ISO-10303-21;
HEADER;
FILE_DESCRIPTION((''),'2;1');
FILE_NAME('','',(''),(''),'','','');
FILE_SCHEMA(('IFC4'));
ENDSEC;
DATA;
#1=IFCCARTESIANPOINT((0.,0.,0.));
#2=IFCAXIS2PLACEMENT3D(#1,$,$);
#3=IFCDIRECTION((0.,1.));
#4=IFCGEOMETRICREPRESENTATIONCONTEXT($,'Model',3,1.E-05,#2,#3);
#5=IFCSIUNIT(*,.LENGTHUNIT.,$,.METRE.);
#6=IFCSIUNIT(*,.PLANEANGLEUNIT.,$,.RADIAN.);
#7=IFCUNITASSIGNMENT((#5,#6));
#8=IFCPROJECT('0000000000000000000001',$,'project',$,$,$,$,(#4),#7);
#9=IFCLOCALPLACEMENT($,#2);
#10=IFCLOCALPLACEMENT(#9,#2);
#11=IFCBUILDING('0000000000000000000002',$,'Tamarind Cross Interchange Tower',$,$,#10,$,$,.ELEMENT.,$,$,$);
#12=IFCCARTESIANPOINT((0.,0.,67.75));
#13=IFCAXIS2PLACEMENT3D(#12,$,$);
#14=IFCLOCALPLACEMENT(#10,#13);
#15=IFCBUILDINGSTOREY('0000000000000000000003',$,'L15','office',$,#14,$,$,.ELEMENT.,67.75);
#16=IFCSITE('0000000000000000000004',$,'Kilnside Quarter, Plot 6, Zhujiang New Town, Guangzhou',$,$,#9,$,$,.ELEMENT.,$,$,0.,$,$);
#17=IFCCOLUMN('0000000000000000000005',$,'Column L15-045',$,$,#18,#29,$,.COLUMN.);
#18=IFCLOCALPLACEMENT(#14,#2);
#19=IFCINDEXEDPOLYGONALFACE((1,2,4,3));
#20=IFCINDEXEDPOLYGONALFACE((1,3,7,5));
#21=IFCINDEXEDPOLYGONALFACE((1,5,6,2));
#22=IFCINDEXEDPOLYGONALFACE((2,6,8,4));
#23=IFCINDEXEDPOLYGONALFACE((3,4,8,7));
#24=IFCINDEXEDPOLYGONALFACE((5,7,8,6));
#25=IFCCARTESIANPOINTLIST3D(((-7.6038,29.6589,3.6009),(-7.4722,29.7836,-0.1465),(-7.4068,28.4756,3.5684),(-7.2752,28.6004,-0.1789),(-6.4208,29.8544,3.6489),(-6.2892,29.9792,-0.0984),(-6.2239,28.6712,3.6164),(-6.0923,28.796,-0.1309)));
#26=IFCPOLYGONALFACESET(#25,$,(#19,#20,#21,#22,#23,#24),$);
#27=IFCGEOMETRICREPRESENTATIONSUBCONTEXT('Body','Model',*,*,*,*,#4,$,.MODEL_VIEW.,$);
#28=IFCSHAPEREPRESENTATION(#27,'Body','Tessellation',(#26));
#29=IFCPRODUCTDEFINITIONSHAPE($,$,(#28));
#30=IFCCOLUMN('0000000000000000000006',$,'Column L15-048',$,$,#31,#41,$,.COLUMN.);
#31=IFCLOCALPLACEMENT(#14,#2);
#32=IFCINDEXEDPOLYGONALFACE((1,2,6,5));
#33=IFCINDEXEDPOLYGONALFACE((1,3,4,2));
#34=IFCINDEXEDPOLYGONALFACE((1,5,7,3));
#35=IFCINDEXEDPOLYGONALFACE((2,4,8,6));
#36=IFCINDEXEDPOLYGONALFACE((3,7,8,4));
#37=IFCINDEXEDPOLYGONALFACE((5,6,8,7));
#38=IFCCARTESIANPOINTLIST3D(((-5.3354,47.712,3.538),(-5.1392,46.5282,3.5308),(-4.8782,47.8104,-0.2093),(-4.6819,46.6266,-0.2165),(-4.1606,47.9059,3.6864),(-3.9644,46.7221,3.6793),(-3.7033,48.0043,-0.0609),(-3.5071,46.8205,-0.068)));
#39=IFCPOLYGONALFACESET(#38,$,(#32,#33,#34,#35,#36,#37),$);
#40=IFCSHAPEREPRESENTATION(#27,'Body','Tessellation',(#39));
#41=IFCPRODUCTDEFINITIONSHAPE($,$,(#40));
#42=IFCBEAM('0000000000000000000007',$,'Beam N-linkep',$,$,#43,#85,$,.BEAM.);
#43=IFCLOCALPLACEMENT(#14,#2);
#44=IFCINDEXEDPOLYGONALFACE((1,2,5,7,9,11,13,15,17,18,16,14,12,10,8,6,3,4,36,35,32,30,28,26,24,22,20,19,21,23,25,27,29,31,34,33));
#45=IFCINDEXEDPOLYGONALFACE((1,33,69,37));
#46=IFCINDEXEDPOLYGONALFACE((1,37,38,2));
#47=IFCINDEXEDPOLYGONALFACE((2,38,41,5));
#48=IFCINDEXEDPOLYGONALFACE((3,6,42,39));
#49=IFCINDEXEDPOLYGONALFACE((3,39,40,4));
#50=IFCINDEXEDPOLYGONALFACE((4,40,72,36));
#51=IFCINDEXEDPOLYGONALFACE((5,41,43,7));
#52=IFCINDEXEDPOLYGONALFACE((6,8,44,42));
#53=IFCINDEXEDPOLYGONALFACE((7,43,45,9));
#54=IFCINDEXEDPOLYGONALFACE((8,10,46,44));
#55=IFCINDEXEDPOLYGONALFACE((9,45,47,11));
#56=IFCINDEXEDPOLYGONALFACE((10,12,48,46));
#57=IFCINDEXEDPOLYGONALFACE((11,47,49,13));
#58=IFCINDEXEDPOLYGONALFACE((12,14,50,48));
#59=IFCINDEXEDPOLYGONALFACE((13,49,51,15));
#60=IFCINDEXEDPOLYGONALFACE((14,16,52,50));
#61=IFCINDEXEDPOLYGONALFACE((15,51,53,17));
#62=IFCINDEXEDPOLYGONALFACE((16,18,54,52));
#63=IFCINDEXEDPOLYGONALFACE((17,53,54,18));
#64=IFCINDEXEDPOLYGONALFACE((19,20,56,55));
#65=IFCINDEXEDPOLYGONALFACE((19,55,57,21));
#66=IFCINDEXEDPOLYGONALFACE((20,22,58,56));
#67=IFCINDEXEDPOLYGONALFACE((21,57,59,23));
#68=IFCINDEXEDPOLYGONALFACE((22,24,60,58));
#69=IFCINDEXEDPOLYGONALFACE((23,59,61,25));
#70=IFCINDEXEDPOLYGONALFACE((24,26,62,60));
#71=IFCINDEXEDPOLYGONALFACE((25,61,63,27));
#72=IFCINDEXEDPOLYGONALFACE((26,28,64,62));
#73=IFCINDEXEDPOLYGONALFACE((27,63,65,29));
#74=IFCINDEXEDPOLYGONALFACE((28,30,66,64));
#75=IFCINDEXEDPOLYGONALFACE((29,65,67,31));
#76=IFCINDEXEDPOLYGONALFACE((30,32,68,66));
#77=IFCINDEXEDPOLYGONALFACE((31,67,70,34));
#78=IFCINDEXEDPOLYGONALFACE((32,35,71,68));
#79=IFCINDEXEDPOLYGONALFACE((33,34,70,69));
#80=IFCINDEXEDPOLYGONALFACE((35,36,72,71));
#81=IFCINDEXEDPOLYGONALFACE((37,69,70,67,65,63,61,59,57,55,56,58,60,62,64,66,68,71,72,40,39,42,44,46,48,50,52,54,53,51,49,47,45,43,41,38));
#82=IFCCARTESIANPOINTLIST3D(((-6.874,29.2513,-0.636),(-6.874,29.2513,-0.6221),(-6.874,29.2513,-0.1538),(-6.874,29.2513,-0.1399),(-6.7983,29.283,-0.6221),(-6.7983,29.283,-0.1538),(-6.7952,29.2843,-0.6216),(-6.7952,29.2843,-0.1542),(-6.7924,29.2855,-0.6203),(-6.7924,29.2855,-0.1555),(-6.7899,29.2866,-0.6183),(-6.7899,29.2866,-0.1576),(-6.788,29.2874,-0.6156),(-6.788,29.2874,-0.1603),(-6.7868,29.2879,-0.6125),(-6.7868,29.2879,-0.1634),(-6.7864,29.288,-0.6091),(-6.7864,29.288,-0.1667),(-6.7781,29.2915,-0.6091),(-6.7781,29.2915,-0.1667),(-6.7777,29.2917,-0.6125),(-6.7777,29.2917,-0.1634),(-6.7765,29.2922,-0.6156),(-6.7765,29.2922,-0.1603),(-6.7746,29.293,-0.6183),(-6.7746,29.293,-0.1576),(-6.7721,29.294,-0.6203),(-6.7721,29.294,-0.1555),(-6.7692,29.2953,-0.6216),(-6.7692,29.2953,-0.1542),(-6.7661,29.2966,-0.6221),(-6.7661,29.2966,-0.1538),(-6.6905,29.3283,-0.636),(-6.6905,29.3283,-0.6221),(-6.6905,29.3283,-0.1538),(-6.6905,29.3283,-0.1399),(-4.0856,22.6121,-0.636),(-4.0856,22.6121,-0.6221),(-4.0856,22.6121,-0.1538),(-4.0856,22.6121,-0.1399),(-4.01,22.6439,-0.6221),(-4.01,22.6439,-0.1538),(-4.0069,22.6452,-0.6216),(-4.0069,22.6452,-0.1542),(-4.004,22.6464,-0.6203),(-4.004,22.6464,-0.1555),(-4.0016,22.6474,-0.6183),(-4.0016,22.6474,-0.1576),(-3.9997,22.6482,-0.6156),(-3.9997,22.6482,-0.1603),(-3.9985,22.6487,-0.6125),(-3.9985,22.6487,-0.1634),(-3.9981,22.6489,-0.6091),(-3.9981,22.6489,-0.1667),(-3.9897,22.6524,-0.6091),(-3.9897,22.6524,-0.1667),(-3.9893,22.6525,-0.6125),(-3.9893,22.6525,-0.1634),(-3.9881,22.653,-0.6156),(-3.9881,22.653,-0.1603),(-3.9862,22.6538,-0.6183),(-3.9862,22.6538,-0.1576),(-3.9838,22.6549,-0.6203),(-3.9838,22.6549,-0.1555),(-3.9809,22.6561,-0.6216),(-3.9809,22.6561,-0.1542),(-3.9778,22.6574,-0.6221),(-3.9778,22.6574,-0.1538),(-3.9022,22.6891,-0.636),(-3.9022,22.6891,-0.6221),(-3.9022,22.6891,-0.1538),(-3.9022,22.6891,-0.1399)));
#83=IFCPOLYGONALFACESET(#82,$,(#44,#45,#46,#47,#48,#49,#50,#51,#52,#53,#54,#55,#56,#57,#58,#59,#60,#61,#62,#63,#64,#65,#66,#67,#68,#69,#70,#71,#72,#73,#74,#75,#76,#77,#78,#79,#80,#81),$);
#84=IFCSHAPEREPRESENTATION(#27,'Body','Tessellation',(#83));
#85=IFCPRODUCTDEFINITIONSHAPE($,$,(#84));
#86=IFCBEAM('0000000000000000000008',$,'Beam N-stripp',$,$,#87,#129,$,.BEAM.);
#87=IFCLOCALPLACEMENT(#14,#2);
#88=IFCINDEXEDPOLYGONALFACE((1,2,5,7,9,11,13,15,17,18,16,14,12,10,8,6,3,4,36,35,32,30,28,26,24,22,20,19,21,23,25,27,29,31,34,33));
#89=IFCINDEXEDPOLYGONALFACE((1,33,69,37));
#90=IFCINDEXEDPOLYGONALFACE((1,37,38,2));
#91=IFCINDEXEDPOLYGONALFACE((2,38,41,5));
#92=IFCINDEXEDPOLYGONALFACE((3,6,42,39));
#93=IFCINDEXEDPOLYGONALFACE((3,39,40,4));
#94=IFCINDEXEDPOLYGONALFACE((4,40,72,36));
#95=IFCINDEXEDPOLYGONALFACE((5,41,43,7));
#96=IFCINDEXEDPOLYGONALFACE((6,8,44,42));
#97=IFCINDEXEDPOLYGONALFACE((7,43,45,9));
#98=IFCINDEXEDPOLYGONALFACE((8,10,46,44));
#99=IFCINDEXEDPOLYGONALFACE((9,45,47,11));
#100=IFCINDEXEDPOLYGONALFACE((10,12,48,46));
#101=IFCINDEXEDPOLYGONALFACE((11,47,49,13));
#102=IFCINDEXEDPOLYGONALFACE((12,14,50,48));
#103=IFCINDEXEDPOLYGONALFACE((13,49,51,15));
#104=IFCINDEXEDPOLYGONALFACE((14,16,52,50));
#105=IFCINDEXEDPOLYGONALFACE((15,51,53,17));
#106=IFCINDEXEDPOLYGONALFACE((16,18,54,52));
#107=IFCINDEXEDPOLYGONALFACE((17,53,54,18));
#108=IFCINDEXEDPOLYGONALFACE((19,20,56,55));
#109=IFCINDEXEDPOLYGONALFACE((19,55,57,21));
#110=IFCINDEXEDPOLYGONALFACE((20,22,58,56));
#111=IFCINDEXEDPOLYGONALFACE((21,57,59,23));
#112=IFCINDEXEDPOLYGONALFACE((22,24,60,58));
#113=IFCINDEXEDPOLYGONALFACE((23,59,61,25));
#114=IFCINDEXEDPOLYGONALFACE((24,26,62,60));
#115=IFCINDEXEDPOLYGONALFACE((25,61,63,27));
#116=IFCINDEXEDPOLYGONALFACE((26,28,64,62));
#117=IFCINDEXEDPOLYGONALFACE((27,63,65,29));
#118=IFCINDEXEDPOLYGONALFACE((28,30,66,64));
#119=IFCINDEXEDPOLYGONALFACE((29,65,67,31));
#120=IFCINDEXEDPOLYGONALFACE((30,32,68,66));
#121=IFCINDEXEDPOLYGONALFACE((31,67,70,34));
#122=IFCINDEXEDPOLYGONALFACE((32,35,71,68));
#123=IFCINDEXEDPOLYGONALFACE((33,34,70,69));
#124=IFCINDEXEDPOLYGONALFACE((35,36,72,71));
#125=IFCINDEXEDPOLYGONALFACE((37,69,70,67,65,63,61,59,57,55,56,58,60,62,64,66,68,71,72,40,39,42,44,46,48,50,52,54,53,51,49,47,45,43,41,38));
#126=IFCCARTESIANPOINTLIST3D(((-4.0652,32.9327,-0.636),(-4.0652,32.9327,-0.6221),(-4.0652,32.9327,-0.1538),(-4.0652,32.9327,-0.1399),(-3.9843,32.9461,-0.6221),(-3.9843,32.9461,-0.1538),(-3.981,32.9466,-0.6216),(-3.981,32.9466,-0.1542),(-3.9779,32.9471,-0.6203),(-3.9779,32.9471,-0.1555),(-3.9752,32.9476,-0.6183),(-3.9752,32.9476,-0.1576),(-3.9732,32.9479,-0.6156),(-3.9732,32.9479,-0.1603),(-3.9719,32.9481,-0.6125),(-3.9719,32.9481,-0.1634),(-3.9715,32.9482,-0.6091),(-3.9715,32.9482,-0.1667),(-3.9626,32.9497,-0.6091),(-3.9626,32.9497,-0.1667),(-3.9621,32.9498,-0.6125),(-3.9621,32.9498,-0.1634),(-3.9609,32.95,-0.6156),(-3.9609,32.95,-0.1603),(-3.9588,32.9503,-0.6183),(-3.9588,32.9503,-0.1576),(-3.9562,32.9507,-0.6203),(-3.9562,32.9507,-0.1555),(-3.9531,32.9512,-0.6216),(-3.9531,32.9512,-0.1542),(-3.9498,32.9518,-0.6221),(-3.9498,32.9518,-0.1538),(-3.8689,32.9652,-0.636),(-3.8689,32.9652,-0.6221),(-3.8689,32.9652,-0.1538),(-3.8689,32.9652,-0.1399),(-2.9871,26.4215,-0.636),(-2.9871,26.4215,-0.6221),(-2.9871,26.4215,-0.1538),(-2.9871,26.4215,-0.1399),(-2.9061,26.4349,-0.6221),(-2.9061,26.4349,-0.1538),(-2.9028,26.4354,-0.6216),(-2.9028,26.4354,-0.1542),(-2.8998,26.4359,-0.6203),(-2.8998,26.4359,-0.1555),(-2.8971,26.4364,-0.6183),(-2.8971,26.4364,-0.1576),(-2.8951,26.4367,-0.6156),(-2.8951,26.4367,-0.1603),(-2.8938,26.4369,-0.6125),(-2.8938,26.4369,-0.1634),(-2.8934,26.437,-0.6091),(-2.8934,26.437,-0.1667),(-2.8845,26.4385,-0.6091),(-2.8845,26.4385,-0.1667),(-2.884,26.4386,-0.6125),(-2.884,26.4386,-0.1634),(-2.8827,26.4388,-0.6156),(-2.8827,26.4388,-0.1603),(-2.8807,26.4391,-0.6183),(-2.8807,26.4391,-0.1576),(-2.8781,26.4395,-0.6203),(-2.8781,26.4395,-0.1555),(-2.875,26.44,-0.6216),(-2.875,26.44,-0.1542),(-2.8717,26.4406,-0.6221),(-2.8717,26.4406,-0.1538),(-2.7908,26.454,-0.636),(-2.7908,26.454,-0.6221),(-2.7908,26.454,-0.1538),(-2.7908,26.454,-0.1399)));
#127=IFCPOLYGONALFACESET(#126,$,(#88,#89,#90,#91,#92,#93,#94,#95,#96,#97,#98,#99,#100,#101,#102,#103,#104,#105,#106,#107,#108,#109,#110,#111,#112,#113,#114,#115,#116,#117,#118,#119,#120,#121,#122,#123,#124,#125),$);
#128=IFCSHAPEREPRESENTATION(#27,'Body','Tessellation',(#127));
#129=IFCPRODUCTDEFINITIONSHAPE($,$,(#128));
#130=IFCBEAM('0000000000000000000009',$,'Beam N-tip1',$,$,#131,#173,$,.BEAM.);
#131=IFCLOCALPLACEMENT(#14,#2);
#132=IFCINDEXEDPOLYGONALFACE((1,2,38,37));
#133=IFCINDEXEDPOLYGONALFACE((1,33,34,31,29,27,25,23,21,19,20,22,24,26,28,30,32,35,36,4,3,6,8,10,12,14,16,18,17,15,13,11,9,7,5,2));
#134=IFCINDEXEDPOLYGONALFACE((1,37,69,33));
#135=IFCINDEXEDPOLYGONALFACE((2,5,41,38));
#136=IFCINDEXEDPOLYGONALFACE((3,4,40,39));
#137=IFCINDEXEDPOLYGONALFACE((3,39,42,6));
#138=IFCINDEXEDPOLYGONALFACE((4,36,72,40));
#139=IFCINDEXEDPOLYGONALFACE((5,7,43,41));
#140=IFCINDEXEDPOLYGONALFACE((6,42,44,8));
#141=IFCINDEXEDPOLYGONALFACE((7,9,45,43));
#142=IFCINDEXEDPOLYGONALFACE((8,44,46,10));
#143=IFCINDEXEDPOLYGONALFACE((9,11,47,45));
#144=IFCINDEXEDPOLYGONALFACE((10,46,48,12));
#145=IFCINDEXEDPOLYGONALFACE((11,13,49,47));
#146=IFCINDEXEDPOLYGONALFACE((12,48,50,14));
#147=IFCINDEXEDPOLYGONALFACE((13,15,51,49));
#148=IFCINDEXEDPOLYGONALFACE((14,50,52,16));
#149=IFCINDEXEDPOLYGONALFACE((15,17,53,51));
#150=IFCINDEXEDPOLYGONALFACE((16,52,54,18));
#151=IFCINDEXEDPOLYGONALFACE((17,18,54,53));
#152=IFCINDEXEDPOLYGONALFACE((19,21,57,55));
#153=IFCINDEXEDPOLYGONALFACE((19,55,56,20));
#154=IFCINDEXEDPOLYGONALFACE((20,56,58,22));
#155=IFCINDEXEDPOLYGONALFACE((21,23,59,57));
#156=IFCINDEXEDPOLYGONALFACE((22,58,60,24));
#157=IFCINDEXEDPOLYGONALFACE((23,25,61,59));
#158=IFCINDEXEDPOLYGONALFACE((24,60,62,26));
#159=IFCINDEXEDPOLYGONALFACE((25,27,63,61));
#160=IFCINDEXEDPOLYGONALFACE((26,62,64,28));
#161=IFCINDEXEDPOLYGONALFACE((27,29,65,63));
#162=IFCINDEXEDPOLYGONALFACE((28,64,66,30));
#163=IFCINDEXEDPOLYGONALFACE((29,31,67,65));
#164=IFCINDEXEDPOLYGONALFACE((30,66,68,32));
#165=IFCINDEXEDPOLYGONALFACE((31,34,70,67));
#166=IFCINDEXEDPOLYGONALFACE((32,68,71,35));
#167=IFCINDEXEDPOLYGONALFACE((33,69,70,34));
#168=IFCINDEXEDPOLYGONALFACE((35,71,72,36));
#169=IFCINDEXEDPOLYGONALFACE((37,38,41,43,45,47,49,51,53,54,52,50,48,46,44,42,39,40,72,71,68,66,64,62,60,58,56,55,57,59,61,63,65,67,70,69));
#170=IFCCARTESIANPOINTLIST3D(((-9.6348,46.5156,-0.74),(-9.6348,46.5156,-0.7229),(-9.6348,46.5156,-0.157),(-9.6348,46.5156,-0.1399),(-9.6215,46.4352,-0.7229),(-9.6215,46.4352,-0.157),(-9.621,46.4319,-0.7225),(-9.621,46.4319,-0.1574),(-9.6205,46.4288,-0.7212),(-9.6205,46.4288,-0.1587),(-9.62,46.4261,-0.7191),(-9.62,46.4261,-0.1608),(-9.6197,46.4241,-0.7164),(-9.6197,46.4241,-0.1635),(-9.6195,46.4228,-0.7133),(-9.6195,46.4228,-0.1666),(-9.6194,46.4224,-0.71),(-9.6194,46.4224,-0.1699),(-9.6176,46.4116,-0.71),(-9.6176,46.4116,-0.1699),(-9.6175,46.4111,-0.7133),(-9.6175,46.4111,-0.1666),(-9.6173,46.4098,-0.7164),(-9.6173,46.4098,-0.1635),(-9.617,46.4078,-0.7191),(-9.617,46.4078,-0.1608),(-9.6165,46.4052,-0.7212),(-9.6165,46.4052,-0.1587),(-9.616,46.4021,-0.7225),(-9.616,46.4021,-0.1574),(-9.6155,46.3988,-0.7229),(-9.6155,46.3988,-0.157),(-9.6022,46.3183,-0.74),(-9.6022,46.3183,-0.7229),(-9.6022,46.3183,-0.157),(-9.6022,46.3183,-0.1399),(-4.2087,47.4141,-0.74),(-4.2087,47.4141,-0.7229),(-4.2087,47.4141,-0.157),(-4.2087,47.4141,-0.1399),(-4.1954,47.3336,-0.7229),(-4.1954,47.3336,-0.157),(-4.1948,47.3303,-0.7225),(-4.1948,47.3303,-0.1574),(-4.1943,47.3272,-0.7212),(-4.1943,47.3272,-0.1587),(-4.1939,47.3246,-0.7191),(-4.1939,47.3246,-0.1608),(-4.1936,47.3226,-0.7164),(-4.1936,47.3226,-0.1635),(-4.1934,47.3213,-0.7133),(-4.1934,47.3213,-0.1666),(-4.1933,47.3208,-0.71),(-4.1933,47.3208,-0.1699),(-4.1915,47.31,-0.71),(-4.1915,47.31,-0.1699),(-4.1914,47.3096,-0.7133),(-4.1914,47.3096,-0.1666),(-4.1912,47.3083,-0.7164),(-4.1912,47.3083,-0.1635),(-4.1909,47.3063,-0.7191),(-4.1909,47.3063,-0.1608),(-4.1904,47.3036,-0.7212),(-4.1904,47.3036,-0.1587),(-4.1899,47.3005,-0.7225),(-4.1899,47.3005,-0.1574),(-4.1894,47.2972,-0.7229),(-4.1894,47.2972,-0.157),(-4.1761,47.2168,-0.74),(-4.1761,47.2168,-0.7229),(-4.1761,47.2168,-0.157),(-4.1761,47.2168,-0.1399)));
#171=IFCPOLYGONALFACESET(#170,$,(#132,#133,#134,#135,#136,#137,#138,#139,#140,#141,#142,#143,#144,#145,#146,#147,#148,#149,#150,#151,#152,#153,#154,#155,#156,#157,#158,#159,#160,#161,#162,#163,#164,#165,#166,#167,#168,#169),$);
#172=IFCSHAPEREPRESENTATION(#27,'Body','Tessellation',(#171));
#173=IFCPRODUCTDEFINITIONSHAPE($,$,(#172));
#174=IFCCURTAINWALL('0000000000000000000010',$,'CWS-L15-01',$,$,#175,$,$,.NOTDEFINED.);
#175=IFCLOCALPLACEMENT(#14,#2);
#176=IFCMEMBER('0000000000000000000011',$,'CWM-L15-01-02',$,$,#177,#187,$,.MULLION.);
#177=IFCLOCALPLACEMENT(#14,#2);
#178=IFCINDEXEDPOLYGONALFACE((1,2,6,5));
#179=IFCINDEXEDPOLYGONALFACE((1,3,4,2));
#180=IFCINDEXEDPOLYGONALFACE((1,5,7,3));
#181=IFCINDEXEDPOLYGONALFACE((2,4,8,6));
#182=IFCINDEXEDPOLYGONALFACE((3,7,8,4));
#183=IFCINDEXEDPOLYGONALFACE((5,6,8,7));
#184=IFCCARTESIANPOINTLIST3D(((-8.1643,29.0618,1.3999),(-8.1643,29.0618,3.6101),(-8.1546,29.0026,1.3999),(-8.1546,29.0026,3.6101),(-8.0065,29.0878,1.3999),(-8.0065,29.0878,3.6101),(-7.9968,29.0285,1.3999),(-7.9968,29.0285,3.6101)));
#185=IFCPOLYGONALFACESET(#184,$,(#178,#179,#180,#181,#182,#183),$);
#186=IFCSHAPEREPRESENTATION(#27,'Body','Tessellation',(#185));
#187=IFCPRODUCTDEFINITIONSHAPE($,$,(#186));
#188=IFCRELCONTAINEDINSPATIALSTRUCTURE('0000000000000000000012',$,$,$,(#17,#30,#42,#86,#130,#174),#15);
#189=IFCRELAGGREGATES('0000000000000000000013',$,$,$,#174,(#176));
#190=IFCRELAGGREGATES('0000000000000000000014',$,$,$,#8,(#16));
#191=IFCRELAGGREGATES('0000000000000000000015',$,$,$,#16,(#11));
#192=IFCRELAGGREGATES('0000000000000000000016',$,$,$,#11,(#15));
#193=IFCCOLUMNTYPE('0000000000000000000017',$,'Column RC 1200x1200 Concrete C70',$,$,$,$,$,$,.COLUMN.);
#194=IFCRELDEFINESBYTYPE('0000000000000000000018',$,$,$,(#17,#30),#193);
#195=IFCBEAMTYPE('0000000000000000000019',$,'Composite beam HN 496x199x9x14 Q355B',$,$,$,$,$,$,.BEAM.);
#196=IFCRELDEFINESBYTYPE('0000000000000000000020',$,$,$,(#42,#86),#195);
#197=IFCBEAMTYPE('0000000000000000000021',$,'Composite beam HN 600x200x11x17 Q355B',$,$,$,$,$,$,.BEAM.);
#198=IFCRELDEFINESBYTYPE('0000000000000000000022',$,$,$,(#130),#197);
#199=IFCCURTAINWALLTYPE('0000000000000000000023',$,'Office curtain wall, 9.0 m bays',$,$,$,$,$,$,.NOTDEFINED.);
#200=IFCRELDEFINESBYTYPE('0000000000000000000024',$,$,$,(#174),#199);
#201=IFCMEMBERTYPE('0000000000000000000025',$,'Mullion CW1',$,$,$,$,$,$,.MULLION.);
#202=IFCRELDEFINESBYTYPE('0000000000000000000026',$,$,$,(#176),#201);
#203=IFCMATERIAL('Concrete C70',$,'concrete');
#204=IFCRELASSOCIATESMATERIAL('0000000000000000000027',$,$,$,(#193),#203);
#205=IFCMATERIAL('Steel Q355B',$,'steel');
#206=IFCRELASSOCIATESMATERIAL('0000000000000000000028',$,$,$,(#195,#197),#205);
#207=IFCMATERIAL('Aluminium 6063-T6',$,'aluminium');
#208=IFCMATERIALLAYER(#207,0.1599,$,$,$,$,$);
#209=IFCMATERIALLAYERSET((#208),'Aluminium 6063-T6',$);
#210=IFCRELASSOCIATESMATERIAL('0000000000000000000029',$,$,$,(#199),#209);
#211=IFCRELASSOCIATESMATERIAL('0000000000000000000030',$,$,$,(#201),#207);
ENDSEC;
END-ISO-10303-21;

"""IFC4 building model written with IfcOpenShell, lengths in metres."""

from ifc_helpers import new_model, si_unit, direction, frame, origin, origin_2d, place, context, subcontext, project, spatial, rectangle, i_section, extrude, material, layer, layer_set, material_profile, profile_set, type_object, element, aggregate, save


model = new_model("IFC4")

# Units and contexts
model_context = context("Model", 3, precision=1e-05, world=origin(), true_north=direction((0.0, 1.0)))
body_context = subcontext(model_context, "Body", "Model", "MODEL_VIEW")
ifc_project = project(units=[si_unit("LENGTHUNIT", "METRE"), si_unit("PLANEANGLEUNIT", "RADIAN")], contexts=[model_context])

# Site, building, storey
site_placement = place(None, origin())
site = spatial("IfcSite", under=ifc_project, at=site_placement, Name="Kilnside Quarter, Plot 6, Zhujiang New Town, Guangzhou", CompositionType="ELEMENT", RefElevation=0.0)
building_placement = place(site_placement, origin())
building = spatial("IfcBuilding", under=site, at=building_placement, Name="Tamarind Cross Interchange Tower", CompositionType="ELEMENT")
storey_placement = place(building_placement, frame((0.0, 0.0, 67.75)))
storey = spatial("IfcBuildingStorey", under=building, at=storey_placement, Name="L15", Description="office", CompositionType="ELEMENT", Elevation=67.75)

# Columns
ifc_material_1 = material(Name="Concrete C70", Category="concrete")
ifc_material_profile_1 = material_profile(ifc_material_1, rectangle(XDim=1.2, YDim=1.2, at=origin_2d()), Name="RC 1200x1200")
ifc_profile_set_1 = profile_set([ifc_material_profile_1], Name="Concrete C70")
column_type = type_object("IfcColumnType", Name="Column RC 1200x1200 Concrete C70", PredefinedType="COLUMN", material=ifc_profile_set_1)
column_1_placement = place(storey_placement, frame((-6.7822, 29.2898, -0.1387), z_axis=(-0.035075, -0.033253, 0.998831), x_axis=(0.985814, 0.162997, 0.040045)))
element("IfcColumn", 1, at=column_1_placement, inside=storey, type_object=column_type, Name="Column L15-045", PredefinedType="COLUMN", context=body_context, shape_type="SweptSolid", body=[
    extrude(rectangle(XDim=1.2, YDim=1.2, at=origin_2d()), origin(), (0.0, 0.0, 1.0), 3.7517),
])
column_2_placement = place(storey_placement, frame((-4.1926, 47.3154, -0.1387), z_axis=(-0.121088, -0.026054, 0.9923), x_axis=(0.979076, 0.161569, 0.123716)))
element("IfcColumn", 2, at=column_2_placement, inside=storey, type_object=column_type, Name="Column L15-048", PredefinedType="COLUMN", context=body_context, shape_type="SweptSolid", body=[
    extrude(rectangle(XDim=1.2, YDim=1.2, at=origin_2d()), origin(), (0.0, 0.0, 1.0), 3.7764),
])

# Beams
ifc_material_2 = material(Name="Steel Q355B", Category="steel")
ifc_material_profile_2 = material_profile(ifc_material_2, i_section(OverallWidth=0.199, OverallDepth=0.4961, WebThickness=0.009, FlangeThickness=0.0139, FilletRadius=0.0129, at=origin_2d()), Name="HN 496x199x9x14")
ifc_profile_set_2 = profile_set([ifc_material_profile_2], Name="Steel Q355B")
beam_type_1 = type_object("IfcBeamType", Name="Composite beam HN 496x199x9x14 Q355B", PredefinedType="BEAM", material=ifc_profile_set_2)
beam_1_placement = place(storey_placement, frame((-6.7822, 29.2898, -0.3879), z_axis=(0.387219, -0.921988, 0.0), x_axis=(0.921988, 0.387219, 0.0)))
element("IfcBeam", 3, at=beam_1_placement, inside=storey, type_object=beam_type_1, Name="Beam N-linkep", PredefinedType="BEAM", context=body_context, shape_type="SweptSolid", body=[
    extrude(i_section(OverallWidth=0.199, OverallDepth=0.4961, WebThickness=0.009, FlangeThickness=0.0139, FilletRadius=0.0129, at=origin_2d()), origin(), (0.0, 0.0, 1.0), 7.2009),
])
beam_2_placement = place(storey_placement, frame((-2.8889, 26.4377, -0.3879), z_axis=(-0.163355, 0.986567, 0.0), x_axis=(-0.986567, -0.163355, 0.0)))
element("IfcBeam", 4, at=beam_2_placement, inside=storey, type_object=beam_type_1, Name="Beam N-stripp", PredefinedType="BEAM", context=body_context, shape_type="SweptSolid", body=[
    extrude(i_section(OverallWidth=0.199, OverallDepth=0.4961, WebThickness=0.009, FlangeThickness=0.0139, FilletRadius=0.0129, at=origin_2d()), origin(), (0.0, 0.0, 1.0), 6.5999),
])
ifc_material_profile_3 = material_profile(ifc_material_2, i_section(OverallWidth=0.2, OverallDepth=0.6001, WebThickness=0.011, FlangeThickness=0.0171, FilletRadius=0.0129, at=origin_2d()), Name="HN 600x200x11x17")
ifc_profile_set_3 = profile_set([ifc_material_profile_3], Name="Steel Q355B")
beam_type_2 = type_object("IfcBeamType", Name="Composite beam HN 600x200x11x17 Q355B", PredefinedType="BEAM", material=ifc_profile_set_3)
beam_3_placement = place(storey_placement, frame((-4.1924, 47.3154, -0.4399), z_axis=(-0.986567, -0.163355, 0.0), x_axis=(0.163355, -0.986567, 0.0)))
element("IfcBeam", 5, at=beam_3_placement, inside=storey, type_object=beam_type_2, Name="Beam N-tip1", PredefinedType="BEAM", context=body_context, shape_type="SweptSolid", body=[
    extrude(i_section(OverallWidth=0.2, OverallDepth=0.6001, WebThickness=0.011, FlangeThickness=0.0171, FilletRadius=0.0129, at=origin_2d()), origin(), (0.0, 0.0, 1.0), 5.5),
])

# Curtain wall, member
ifc_material_3 = material(Name="Aluminium 6063-T6", Category="aluminium")
ifc_layer_1 = layer(ifc_material_3, 0.1599)
ifc_layer_set_1 = layer_set([ifc_layer_1], Name="Aluminium 6063-T6")
curtain_wall_type = type_object("IfcCurtainWallType", Name="Office curtain wall, 9.0 m bays", PredefinedType="NOTDEFINED", material=ifc_layer_set_1)
curtain_wall_1_placement = place(storey_placement, origin())
curtain_wall_1 = element("IfcCurtainWall", 6, at=curtain_wall_1_placement, inside=storey, type_object=curtain_wall_type, Name="CWS-L15-01", PredefinedType="NOTDEFINED")
ifc_material_profile_4 = material_profile(ifc_material_3, rectangle(XDim=0.0601, YDim=0.1599, at=origin_2d()), Name="Mullion CW1")
ifc_profile_set_4 = profile_set([ifc_material_profile_4], Name="Aluminium 6063-T6")
member_type = type_object("IfcMemberType", Name="Mullion CW1", PredefinedType="MULLION", material=ifc_profile_set_4)
member_1_placement = place(storey_placement, frame((-8.0806, 29.0452, 1.3999), z_axis=(0.0, 0.0, 1.0), x_axis=(0.162164, -0.986764, 0.0)))
member_1 = element("IfcMember", 7, at=member_1_placement, type_object=member_type, Name="CWM-L15-01-02", PredefinedType="MULLION", context=body_context, shape_type="SweptSolid", body=[
    extrude(rectangle(XDim=0.0601, YDim=0.1599, at=origin_2d()), origin(), (0.0, 0.0, 1.0), 2.2102),
])
aggregate(curtain_wall_1, [member_1])

save(model, "model.ifc")
